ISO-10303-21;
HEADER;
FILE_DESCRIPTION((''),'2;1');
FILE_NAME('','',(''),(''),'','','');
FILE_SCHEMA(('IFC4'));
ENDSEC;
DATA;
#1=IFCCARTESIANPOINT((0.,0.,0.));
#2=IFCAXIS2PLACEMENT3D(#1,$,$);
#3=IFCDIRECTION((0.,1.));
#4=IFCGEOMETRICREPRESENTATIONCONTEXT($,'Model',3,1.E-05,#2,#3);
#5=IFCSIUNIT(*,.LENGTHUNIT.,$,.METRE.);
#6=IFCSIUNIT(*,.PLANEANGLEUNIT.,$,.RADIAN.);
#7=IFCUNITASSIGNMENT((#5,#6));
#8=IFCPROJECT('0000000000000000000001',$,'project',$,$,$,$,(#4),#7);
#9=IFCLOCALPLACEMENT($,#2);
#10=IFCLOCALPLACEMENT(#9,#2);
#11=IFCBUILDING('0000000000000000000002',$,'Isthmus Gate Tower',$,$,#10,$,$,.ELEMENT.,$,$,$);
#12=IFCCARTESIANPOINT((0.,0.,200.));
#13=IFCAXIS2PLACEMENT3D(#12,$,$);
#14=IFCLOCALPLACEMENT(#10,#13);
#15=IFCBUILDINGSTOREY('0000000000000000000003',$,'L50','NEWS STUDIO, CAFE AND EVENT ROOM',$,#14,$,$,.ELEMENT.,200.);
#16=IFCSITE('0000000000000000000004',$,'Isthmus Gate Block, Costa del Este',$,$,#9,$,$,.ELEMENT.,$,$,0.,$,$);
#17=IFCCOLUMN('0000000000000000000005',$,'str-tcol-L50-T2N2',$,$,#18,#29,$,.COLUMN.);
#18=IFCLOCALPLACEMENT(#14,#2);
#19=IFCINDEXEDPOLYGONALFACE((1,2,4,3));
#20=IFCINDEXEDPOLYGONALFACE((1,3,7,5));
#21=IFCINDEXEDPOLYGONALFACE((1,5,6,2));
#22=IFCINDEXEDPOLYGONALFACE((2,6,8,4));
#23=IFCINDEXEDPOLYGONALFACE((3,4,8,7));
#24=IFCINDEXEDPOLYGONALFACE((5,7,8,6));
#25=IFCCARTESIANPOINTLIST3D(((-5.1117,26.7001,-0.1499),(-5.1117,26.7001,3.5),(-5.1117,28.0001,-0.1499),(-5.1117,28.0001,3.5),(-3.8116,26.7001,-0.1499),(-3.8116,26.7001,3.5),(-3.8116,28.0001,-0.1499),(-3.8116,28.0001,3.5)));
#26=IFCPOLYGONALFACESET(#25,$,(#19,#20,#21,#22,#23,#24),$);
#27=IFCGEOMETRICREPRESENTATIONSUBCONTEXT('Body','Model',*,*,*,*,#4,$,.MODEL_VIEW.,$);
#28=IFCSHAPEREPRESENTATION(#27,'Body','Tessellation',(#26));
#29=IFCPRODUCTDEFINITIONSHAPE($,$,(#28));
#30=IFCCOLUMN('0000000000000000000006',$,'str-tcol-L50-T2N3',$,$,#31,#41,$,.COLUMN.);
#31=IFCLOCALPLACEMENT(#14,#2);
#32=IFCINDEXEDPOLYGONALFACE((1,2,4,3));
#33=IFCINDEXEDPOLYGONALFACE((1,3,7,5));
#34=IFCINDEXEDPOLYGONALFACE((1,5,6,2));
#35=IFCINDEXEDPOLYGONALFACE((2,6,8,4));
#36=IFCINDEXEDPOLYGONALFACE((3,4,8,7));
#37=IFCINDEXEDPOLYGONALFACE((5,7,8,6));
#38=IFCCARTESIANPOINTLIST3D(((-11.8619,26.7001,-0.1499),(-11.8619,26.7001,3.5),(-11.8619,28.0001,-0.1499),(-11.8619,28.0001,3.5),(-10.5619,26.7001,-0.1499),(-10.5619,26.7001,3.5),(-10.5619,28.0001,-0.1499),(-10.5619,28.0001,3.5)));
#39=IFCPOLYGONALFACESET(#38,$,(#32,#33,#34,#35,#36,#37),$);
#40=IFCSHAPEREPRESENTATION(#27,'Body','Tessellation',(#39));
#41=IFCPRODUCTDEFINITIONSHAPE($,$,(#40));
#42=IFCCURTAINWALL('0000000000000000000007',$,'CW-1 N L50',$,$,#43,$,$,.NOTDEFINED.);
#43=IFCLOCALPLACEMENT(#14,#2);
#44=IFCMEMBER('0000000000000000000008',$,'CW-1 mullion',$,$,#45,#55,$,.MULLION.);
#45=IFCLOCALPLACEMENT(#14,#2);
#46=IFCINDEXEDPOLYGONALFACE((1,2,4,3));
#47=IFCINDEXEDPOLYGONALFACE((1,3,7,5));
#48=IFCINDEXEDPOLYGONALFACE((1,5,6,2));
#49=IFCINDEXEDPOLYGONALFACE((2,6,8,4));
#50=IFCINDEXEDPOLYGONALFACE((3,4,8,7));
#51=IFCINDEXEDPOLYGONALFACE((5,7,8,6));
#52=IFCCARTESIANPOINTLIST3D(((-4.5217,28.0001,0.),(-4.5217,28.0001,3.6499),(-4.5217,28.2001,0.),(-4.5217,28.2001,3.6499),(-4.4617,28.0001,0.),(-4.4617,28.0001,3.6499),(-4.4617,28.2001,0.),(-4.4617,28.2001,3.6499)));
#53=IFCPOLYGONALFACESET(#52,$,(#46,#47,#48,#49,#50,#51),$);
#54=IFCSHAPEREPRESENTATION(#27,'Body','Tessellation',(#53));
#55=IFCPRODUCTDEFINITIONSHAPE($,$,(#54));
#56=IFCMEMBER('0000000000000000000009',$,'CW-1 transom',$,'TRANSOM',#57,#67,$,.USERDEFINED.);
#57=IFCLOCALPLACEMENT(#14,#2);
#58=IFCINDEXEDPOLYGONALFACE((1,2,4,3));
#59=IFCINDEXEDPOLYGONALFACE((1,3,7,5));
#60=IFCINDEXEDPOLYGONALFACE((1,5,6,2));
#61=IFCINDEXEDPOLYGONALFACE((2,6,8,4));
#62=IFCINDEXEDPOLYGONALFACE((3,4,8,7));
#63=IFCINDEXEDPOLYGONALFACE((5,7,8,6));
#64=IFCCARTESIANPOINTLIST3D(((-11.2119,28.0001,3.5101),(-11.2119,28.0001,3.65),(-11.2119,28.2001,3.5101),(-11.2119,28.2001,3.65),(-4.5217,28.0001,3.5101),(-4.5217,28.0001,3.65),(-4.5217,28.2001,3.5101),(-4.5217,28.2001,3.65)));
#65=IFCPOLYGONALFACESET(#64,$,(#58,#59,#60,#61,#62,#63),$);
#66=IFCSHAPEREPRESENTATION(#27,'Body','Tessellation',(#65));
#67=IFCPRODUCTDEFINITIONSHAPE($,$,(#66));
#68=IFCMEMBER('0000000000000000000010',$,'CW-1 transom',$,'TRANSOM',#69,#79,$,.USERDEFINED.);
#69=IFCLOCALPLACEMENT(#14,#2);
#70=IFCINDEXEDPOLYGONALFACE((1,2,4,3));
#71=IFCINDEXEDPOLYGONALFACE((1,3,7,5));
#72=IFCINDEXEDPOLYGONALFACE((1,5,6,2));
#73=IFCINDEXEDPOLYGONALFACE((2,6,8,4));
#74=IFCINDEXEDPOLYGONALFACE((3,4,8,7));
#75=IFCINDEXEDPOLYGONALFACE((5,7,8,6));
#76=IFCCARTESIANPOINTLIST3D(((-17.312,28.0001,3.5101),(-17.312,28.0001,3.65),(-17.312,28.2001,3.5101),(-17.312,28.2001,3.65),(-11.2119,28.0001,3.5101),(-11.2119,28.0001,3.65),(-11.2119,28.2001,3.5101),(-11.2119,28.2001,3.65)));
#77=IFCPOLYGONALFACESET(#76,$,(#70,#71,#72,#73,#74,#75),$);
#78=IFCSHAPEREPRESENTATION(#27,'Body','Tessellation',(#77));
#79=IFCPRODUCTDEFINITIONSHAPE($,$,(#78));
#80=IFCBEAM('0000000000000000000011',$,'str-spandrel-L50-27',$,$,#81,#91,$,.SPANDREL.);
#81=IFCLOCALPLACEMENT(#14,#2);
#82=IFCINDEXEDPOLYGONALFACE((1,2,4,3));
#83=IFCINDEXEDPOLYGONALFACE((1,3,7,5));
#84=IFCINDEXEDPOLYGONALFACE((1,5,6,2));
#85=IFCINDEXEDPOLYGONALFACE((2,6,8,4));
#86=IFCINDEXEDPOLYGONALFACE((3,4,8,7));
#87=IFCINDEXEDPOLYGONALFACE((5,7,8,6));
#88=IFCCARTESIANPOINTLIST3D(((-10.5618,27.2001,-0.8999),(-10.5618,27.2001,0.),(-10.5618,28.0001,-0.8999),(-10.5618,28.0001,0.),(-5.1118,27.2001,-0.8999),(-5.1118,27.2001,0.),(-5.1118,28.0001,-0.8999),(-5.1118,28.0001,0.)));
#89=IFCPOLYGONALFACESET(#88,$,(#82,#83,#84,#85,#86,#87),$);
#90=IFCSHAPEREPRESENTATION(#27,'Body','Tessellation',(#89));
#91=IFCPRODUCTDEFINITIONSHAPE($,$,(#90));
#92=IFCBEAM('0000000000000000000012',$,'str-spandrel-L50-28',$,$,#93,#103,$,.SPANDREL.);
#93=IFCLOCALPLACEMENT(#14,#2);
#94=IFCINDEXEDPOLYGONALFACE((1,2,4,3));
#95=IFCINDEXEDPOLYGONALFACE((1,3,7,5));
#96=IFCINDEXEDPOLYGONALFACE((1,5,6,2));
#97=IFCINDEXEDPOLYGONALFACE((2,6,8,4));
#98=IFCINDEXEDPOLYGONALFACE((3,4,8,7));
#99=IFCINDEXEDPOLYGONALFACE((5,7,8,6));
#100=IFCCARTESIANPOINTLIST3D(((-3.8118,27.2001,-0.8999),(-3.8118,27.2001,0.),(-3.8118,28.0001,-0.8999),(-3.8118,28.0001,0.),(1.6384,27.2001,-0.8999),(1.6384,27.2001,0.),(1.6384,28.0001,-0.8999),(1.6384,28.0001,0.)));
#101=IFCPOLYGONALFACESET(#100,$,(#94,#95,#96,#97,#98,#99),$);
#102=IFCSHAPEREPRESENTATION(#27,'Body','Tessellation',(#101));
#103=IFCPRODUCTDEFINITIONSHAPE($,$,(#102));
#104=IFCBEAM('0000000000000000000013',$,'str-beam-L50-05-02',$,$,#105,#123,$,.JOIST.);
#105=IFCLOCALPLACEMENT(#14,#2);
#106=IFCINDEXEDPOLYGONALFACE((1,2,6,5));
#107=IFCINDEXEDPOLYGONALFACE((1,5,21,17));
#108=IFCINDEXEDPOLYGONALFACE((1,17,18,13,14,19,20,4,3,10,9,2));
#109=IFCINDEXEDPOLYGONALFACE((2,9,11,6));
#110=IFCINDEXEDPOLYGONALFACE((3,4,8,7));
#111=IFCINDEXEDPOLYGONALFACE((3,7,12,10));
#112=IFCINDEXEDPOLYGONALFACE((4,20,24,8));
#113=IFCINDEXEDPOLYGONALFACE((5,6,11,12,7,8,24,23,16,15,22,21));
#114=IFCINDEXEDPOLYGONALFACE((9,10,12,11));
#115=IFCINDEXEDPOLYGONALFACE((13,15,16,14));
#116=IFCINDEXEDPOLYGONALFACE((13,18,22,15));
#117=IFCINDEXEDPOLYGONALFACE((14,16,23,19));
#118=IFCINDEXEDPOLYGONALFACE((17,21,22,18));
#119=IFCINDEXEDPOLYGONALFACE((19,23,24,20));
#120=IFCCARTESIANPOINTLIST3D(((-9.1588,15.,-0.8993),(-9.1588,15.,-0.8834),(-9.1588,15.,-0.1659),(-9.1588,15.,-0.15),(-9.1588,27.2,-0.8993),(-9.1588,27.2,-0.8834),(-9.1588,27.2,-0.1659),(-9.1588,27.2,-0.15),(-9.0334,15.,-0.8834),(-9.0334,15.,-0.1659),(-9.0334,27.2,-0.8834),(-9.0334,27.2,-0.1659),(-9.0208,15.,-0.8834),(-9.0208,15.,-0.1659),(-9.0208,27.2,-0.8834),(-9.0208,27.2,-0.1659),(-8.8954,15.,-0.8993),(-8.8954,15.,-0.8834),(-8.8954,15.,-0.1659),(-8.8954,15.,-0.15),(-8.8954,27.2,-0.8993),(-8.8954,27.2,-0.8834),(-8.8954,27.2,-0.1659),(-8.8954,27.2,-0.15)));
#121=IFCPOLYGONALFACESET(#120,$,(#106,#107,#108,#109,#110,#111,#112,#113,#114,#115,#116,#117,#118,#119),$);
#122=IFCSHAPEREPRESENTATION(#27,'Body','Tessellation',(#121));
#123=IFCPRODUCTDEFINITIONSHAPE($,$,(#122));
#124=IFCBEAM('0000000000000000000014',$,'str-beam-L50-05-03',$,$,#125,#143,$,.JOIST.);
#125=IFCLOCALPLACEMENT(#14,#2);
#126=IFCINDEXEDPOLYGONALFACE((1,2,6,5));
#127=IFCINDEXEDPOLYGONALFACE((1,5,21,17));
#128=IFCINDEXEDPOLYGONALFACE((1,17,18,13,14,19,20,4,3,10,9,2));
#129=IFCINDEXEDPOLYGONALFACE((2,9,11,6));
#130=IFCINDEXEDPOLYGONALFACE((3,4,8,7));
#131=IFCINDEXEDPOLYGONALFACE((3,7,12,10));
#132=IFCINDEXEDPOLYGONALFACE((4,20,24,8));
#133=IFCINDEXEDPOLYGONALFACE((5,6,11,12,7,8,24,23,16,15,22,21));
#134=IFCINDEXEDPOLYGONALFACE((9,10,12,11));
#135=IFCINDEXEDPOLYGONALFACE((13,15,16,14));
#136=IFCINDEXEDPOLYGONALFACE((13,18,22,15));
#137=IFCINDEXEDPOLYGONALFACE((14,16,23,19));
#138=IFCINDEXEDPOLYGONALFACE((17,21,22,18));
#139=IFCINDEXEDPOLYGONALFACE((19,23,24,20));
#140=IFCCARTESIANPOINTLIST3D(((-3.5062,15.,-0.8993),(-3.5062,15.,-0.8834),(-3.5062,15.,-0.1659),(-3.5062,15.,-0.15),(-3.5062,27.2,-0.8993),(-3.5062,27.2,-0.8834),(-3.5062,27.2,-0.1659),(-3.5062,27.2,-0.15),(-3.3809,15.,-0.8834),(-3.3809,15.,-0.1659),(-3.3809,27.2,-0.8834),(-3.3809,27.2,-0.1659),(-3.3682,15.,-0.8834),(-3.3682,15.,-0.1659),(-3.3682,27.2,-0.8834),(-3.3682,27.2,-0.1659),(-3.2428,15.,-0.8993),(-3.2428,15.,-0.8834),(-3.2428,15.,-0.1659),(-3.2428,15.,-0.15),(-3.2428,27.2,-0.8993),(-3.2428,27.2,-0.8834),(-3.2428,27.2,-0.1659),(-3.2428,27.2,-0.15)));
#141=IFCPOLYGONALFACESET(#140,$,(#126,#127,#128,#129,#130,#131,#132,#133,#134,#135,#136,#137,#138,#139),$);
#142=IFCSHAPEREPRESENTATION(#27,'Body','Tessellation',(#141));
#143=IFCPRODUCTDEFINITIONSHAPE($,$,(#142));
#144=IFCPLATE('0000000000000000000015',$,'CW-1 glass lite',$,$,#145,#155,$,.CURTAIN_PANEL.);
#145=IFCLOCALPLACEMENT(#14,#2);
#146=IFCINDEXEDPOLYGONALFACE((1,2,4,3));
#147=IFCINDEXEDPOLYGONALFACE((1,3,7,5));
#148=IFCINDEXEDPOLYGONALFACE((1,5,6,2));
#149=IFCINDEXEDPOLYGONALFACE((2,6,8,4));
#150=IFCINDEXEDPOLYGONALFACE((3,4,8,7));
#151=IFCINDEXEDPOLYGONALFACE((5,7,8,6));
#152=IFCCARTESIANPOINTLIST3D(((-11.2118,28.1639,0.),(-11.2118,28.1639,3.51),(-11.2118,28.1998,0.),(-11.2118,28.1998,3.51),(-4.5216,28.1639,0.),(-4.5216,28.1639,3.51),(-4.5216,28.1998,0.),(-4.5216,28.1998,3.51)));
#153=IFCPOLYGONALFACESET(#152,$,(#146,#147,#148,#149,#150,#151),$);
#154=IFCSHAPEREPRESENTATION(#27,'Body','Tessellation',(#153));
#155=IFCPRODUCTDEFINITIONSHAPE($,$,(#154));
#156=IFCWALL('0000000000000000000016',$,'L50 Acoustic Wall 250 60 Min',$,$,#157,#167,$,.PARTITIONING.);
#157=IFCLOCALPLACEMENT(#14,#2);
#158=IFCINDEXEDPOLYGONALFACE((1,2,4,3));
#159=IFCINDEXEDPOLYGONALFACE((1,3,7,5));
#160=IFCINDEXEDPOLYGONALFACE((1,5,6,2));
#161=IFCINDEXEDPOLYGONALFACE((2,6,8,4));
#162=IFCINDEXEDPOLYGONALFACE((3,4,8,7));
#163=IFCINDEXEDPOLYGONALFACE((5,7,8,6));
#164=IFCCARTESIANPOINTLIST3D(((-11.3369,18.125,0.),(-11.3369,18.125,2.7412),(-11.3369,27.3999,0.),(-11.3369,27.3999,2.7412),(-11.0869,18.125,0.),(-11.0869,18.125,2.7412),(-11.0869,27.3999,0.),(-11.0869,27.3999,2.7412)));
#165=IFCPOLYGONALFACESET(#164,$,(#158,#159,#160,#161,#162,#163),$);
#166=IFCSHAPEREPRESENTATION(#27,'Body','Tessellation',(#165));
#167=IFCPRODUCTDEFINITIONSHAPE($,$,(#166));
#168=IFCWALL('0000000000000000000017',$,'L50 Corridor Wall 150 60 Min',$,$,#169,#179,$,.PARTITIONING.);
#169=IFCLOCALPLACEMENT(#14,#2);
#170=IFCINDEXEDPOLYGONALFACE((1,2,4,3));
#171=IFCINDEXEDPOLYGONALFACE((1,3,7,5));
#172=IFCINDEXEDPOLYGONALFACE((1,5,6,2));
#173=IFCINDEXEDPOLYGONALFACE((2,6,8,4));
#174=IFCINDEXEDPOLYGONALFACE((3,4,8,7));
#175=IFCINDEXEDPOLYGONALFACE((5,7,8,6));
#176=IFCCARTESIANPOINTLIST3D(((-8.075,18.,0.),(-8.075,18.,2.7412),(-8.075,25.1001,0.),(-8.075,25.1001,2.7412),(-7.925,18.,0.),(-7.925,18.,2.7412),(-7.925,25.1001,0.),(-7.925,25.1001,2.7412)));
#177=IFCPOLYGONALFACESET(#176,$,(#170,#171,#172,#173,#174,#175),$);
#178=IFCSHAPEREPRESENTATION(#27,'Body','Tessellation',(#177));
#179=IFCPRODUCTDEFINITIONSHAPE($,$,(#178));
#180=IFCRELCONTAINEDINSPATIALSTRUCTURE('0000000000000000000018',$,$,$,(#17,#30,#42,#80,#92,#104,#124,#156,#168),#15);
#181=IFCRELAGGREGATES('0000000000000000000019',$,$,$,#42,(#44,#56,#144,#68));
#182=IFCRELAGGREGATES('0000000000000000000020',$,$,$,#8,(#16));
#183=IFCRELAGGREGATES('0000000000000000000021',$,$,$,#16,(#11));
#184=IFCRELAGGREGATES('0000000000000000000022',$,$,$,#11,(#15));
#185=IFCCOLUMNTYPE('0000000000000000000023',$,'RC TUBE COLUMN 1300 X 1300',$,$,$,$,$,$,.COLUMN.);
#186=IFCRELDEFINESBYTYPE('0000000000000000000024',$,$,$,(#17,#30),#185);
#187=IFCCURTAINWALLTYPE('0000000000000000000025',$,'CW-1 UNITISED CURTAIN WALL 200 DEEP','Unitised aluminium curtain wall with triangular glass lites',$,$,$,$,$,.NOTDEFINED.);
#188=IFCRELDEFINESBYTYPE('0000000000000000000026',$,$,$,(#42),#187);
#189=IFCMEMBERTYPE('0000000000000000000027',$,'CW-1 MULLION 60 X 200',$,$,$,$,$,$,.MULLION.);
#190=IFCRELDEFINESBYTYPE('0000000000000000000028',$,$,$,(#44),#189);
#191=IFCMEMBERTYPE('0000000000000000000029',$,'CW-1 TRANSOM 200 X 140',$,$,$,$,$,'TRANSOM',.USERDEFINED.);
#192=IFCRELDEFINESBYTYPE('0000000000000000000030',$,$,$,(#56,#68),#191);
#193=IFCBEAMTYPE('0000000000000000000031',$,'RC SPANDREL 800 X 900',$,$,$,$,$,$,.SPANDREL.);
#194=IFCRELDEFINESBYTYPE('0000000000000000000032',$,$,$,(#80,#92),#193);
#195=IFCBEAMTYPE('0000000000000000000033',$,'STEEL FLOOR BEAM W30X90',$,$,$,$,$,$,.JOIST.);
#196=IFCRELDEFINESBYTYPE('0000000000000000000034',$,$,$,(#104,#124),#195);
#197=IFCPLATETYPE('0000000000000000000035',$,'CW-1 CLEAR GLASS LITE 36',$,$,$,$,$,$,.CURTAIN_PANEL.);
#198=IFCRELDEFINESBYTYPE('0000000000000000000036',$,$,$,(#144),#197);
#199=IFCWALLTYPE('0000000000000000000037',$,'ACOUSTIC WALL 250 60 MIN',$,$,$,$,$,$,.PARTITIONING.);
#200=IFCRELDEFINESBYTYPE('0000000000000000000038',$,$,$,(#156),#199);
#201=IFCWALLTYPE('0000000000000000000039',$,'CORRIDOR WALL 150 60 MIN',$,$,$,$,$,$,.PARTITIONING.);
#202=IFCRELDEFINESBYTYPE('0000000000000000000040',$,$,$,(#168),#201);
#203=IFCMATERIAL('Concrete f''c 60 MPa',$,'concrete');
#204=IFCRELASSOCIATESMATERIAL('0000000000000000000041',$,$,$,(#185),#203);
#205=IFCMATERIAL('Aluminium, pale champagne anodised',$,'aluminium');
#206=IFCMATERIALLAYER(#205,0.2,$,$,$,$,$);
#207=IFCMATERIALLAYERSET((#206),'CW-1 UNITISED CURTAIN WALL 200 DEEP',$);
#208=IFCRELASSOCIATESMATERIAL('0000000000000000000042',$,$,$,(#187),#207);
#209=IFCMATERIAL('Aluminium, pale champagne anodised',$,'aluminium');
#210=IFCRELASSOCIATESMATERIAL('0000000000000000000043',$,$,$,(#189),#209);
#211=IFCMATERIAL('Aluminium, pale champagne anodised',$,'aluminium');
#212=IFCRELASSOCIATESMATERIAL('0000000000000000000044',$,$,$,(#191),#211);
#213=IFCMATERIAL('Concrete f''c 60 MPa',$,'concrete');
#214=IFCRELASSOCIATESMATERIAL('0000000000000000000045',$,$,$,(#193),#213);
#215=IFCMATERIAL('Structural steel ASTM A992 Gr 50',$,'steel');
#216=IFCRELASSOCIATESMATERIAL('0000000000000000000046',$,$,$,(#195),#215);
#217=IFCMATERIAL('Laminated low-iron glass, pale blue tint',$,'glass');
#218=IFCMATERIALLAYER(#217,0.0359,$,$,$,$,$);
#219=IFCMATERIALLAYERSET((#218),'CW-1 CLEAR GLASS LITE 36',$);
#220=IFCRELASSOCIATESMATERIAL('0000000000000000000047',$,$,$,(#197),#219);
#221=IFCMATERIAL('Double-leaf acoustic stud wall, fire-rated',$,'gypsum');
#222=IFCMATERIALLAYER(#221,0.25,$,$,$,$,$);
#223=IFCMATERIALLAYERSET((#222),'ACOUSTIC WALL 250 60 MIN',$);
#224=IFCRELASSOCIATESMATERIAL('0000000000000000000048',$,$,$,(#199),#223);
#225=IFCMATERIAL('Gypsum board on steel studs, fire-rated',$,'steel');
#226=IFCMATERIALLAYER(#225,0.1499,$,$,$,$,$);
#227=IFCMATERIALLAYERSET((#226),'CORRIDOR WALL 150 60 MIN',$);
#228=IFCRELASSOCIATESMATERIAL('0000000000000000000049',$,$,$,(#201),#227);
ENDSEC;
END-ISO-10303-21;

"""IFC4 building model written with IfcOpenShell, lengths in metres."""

from ifc_helpers import new_model, si_unit, direction, frame, frame_2d, origin, origin_2d, place, context, subcontext, project, spatial, rectangle, i_section, extrude, material, layer, layer_set, material_profile, profile_set, type_object, element, aggregate, save


model = new_model("IFC4")

# Units and contexts
model_context = context("Model", 3, precision=1e-05, world=origin(), true_north=direction((0.0, 1.0)))
body_context = subcontext(model_context, "Body", "Model", "MODEL_VIEW")
ifc_project = project(units=[si_unit("LENGTHUNIT", "METRE"), si_unit("PLANEANGLEUNIT", "RADIAN")], contexts=[model_context])

# Site, building, storey
site_placement = place(None, origin())
site = spatial("IfcSite", under=ifc_project, at=site_placement, Name="Isthmus Gate Block, Costa del Este", CompositionType="ELEMENT", RefElevation=0.0)
building_placement = place(site_placement, origin())
building = spatial("IfcBuilding", under=site, at=building_placement, Name="Isthmus Gate Tower", CompositionType="ELEMENT")
storey_placement = place(building_placement, frame((0.0, 0.0, 200.0)))
storey = spatial("IfcBuildingStorey", under=building, at=storey_placement, Name="L50", Description="NEWS STUDIO, CAFE AND EVENT ROOM", CompositionType="ELEMENT", Elevation=200.0)

# Columns
ifc_material_1 = material(Name="Concrete f'c 60 MPa", Category="concrete")
ifc_material_profile_1 = material_profile(ifc_material_1, rectangle(XDim=1.3, YDim=1.3, at=origin_2d()), Name="RC 1300X1300")
ifc_profile_set_1 = profile_set([ifc_material_profile_1], Name="Concrete f'c 60 MPa")
column_type = type_object("IfcColumnType", Name="RC TUBE COLUMN 1300 X 1300", PredefinedType="COLUMN", material=ifc_profile_set_1)
for number, where, z_axis, x_axis, name in (
    (1, (-4.4617, 27.3501, -0.1499), (0.0, 0.0, 1.0), (-1.0, 0.0, 0.0), "str-tcol-L50-T2N2"),
    (2, (-11.2119, 27.3501, -0.1499), (0.0, 0.0, 1.0), (-1.0, 0.0, 0.0), "str-tcol-L50-T2N3"),
):
    element("IfcColumn", number, at=place(storey_placement, frame(where, z_axis=z_axis, x_axis=x_axis)), inside=storey, type_object=column_type, Name=name, PredefinedType="COLUMN", context=body_context, shape_type="SweptSolid", body=[
        extrude(rectangle(XDim=1.3, YDim=1.3, at=origin_2d()), origin(), (0.0, 0.0, 1.0), 3.6499),
    ])

# Curtain wall, members
ifc_material_2 = material(Name="Aluminium, pale champagne anodised", Category="aluminium")
ifc_layer_1 = layer(ifc_material_2, 0.2)
ifc_layer_set_1 = layer_set([ifc_layer_1], Name="CW-1 UNITISED CURTAIN WALL 200 DEEP")
curtain_wall_type = type_object("IfcCurtainWallType", Name="CW-1 UNITISED CURTAIN WALL 200 DEEP", Description="Unitised aluminium curtain wall with triangular glass lites", PredefinedType="NOTDEFINED", material=ifc_layer_set_1)
curtain_wall_placement = place(storey_placement, origin())
curtain_wall = element("IfcCurtainWall", 3, at=curtain_wall_placement, inside=storey, type_object=curtain_wall_type, Name="CW-1 N L50", PredefinedType="NOTDEFINED")
ifc_material_3 = material(Name="Aluminium, pale champagne anodised", Category="aluminium")
ifc_material_profile_2 = material_profile(ifc_material_3, rectangle(XDim=0.0601, YDim=0.2, at=origin_2d()), Name="60x200")
ifc_profile_set_2 = profile_set([ifc_material_profile_2], Name="Aluminium, pale champagne anodised")
member_type_1 = type_object("IfcMemberType", Name="CW-1 MULLION 60 X 200", PredefinedType="MULLION", material=ifc_profile_set_2)
member_1_placement = place(storey_placement, frame((-4.4917, 28.1001, 0.0), z_axis=(0.0, 0.0, 1.0), x_axis=(-1.0, 0.0, 0.0)))
member_1 = element("IfcMember", 4, at=member_1_placement, type_object=member_type_1, Name="CW-1 mullion", PredefinedType="MULLION", context=body_context, shape_type="SweptSolid", body=[
    extrude(rectangle(XDim=0.0601, YDim=0.2, at=origin_2d()), origin(), (0.0, 0.0, 1.0), 3.6499),
])
ifc_material_4 = material(Name="Aluminium, pale champagne anodised", Category="aluminium")
ifc_material_profile_3 = material_profile(ifc_material_4, rectangle(XDim=0.2, YDim=0.1399, at=origin_2d()), Name="200x140")
ifc_profile_set_3 = profile_set([ifc_material_profile_3], Name="Aluminium, pale champagne anodised")
member_type_2 = type_object("IfcMemberType", Name="CW-1 TRANSOM 200 X 140", ElementType="TRANSOM", PredefinedType="USERDEFINED", material=ifc_profile_set_3)
member_2_placement = place(storey_placement, frame((-4.5217, 28.1001, 3.5801), z_axis=(-1.0, 0.0, 0.0), x_axis=(0.0, -1.0, 0.0)))
member_2 = element("IfcMember", 5, at=member_2_placement, type_object=member_type_2, Name="CW-1 transom", ObjectType="TRANSOM", PredefinedType="USERDEFINED", context=body_context, shape_type="SweptSolid", body=[
    extrude(rectangle(XDim=0.2, YDim=0.1399, at=origin_2d()), origin(), (0.0, 0.0, 1.0), 6.6902),
])
member_3_placement = place(storey_placement, frame((-11.2119, 28.1001, 3.5801), z_axis=(-1.0, 0.0, 0.0), x_axis=(0.0, -1.0, 0.0)))
member_3 = element("IfcMember", 6, at=member_3_placement, type_object=member_type_2, Name="CW-1 transom", ObjectType="TRANSOM", PredefinedType="USERDEFINED", context=body_context, shape_type="SweptSolid", body=[
    extrude(rectangle(XDim=0.2, YDim=0.1399, at=origin_2d()), origin(), (0.0, 0.0, 1.0), 6.1001),
])

# Beams
ifc_material_5 = material(Name="Concrete f'c 60 MPa", Category="concrete")
ifc_material_profile_4 = material_profile(ifc_material_5, rectangle(XDim=0.8, YDim=0.8999, at=origin_2d()), Name="RC 800X900")
ifc_profile_set_4 = profile_set([ifc_material_profile_4], Name="Concrete f'c 60 MPa")
beam_type_1 = type_object("IfcBeamType", Name="RC SPANDREL 800 X 900", PredefinedType="SPANDREL", material=ifc_profile_set_4)
beam_1_placement = place(storey_placement, frame((-10.5618, 27.6001, -0.45), z_axis=(1.0, 0.0, 0.0), x_axis=(0.0, 1.0, 0.0)))
element("IfcBeam", 7, at=beam_1_placement, inside=storey, type_object=beam_type_1, Name="str-spandrel-L50-27", PredefinedType="SPANDREL", context=body_context, shape_type="SweptSolid", body=[
    extrude(rectangle(XDim=0.8, YDim=0.8999, at=origin_2d()), origin(), (0.0, 0.0, 1.0), 5.45),
])
beam_2_placement = place(storey_placement, frame((-3.8118, 27.6001, -0.45), z_axis=(1.0, 0.0, 0.0), x_axis=(0.0, 1.0, 0.0)))
element("IfcBeam", 8, at=beam_2_placement, inside=storey, type_object=beam_type_1, Name="str-spandrel-L50-28", PredefinedType="SPANDREL", context=body_context, shape_type="SweptSolid", body=[
    extrude(rectangle(XDim=0.8, YDim=0.8999, at=origin_2d()), origin(), (0.0, 0.0, 1.0), 5.4502),
])
ifc_material_6 = material(Name="Structural steel ASTM A992 Gr 50", Category="steel")
ifc_material_profile_5 = material_profile(ifc_material_6, i_section(OverallWidth=0.2634, OverallDepth=0.7493, WebThickness=0.0127, FlangeThickness=0.0159, at=origin_2d()), Name="W30X90")
ifc_profile_set_5 = profile_set([ifc_material_profile_5], Name="Structural steel ASTM A992 Gr 50")
beam_type_2 = type_object("IfcBeamType", Name="STEEL FLOOR BEAM W30X90", PredefinedType="JOIST", material=ifc_profile_set_5)
for number, where, z_axis, x_axis, name in (
    (9, (-9.0271, 15.0, -0.5247), (0.0, 1.0, 0.0), (-1.0, 0.0, 0.0), "str-beam-L50-05-02"),
    (10, (-3.3745, 15.0, -0.5247), (0.0, 1.0, 0.0), (-1.0, 0.0, 0.0), "str-beam-L50-05-03"),
):
    element("IfcBeam", number, at=place(storey_placement, frame(where, z_axis=z_axis, x_axis=x_axis)), inside=storey, type_object=beam_type_2, Name=name, PredefinedType="JOIST", context=body_context, shape_type="SweptSolid", body=[
        extrude(i_section(OverallWidth=0.2634, OverallDepth=0.7493, WebThickness=0.0127, FlangeThickness=0.0159, at=origin_2d()), origin(), (0.0, 0.0, 1.0), 12.2),
    ])

# Plate
ifc_material_7 = material(Name="Laminated low-iron glass, pale blue tint", Category="glass")
ifc_layer_2 = layer(ifc_material_7, 0.0359)
ifc_layer_set_2 = layer_set([ifc_layer_2], Name="CW-1 CLEAR GLASS LITE 36")
plate_type = type_object("IfcPlateType", Name="CW-1 CLEAR GLASS LITE 36", PredefinedType="CURTAIN_PANEL", material=ifc_layer_set_2)
plate_placement = place(storey_placement, frame((-7.8667, 28.1819, 0.0), z_axis=(0.0, 0.0, 1.0), x_axis=(-1.0, 0.0, 0.0)))
plate = element("IfcPlate", 11, at=plate_placement, type_object=plate_type, Name="CW-1 glass lite", PredefinedType="CURTAIN_PANEL", context=body_context, shape_type="SweptSolid", body=[
    extrude(rectangle(XDim=6.6902, YDim=0.0359, at=origin_2d()), origin(), (0.0, 0.0, 1.0), 3.51),
])
aggregate(curtain_wall, [member_1, member_2, plate, member_3])

# Walls
ifc_material_8 = material(Name="Double-leaf acoustic stud wall, fire-rated", Category="gypsum")
ifc_layer_3 = layer(ifc_material_8, 0.25)
ifc_layer_set_3 = layer_set([ifc_layer_3], Name="ACOUSTIC WALL 250 60 MIN")
wall_type_1 = type_object("IfcWallType", Name="ACOUSTIC WALL 250 60 MIN", PredefinedType="PARTITIONING", material=ifc_layer_set_3)
wall_1_placement = place(storey_placement, frame((-11.2119, 18.125, 0.0), z_axis=(0.0, 0.0, 1.0), x_axis=(0.0, 1.0, 0.0)))
element("IfcWall", 12, at=wall_1_placement, inside=storey, type_object=wall_type_1, Name="L50 Acoustic Wall 250 60 Min", PredefinedType="PARTITIONING", context=body_context, shape_type="SweptSolid", body=[
    extrude(rectangle(XDim=9.2749, YDim=0.25, at=frame_2d((4.6375, 0.0))), origin(), (0.0, 0.0, 1.0), 2.7412),
])
ifc_material_9 = material(Name="Gypsum board on steel studs, fire-rated", Category="steel")
ifc_layer_4 = layer(ifc_material_9, 0.1499)
ifc_layer_set_4 = layer_set([ifc_layer_4], Name="CORRIDOR WALL 150 60 MIN")
wall_type_2 = type_object("IfcWallType", Name="CORRIDOR WALL 150 60 MIN", PredefinedType="PARTITIONING", material=ifc_layer_set_4)
wall_2_placement = place(storey_placement, frame((-8.0, 25.1001, 0.0), z_axis=(0.0, 0.0, 1.0), x_axis=(0.0, -1.0, 0.0)))
element("IfcWall", 13, at=wall_2_placement, inside=storey, type_object=wall_type_2, Name="L50 Corridor Wall 150 60 Min", PredefinedType="PARTITIONING", context=body_context, shape_type="SweptSolid", body=[
    extrude(rectangle(XDim=7.1001, YDim=0.1499, at=frame_2d((3.55, 0.0))), origin(), (0.0, 0.0, 1.0), 2.7412),
])

save(model, "model.ifc")
